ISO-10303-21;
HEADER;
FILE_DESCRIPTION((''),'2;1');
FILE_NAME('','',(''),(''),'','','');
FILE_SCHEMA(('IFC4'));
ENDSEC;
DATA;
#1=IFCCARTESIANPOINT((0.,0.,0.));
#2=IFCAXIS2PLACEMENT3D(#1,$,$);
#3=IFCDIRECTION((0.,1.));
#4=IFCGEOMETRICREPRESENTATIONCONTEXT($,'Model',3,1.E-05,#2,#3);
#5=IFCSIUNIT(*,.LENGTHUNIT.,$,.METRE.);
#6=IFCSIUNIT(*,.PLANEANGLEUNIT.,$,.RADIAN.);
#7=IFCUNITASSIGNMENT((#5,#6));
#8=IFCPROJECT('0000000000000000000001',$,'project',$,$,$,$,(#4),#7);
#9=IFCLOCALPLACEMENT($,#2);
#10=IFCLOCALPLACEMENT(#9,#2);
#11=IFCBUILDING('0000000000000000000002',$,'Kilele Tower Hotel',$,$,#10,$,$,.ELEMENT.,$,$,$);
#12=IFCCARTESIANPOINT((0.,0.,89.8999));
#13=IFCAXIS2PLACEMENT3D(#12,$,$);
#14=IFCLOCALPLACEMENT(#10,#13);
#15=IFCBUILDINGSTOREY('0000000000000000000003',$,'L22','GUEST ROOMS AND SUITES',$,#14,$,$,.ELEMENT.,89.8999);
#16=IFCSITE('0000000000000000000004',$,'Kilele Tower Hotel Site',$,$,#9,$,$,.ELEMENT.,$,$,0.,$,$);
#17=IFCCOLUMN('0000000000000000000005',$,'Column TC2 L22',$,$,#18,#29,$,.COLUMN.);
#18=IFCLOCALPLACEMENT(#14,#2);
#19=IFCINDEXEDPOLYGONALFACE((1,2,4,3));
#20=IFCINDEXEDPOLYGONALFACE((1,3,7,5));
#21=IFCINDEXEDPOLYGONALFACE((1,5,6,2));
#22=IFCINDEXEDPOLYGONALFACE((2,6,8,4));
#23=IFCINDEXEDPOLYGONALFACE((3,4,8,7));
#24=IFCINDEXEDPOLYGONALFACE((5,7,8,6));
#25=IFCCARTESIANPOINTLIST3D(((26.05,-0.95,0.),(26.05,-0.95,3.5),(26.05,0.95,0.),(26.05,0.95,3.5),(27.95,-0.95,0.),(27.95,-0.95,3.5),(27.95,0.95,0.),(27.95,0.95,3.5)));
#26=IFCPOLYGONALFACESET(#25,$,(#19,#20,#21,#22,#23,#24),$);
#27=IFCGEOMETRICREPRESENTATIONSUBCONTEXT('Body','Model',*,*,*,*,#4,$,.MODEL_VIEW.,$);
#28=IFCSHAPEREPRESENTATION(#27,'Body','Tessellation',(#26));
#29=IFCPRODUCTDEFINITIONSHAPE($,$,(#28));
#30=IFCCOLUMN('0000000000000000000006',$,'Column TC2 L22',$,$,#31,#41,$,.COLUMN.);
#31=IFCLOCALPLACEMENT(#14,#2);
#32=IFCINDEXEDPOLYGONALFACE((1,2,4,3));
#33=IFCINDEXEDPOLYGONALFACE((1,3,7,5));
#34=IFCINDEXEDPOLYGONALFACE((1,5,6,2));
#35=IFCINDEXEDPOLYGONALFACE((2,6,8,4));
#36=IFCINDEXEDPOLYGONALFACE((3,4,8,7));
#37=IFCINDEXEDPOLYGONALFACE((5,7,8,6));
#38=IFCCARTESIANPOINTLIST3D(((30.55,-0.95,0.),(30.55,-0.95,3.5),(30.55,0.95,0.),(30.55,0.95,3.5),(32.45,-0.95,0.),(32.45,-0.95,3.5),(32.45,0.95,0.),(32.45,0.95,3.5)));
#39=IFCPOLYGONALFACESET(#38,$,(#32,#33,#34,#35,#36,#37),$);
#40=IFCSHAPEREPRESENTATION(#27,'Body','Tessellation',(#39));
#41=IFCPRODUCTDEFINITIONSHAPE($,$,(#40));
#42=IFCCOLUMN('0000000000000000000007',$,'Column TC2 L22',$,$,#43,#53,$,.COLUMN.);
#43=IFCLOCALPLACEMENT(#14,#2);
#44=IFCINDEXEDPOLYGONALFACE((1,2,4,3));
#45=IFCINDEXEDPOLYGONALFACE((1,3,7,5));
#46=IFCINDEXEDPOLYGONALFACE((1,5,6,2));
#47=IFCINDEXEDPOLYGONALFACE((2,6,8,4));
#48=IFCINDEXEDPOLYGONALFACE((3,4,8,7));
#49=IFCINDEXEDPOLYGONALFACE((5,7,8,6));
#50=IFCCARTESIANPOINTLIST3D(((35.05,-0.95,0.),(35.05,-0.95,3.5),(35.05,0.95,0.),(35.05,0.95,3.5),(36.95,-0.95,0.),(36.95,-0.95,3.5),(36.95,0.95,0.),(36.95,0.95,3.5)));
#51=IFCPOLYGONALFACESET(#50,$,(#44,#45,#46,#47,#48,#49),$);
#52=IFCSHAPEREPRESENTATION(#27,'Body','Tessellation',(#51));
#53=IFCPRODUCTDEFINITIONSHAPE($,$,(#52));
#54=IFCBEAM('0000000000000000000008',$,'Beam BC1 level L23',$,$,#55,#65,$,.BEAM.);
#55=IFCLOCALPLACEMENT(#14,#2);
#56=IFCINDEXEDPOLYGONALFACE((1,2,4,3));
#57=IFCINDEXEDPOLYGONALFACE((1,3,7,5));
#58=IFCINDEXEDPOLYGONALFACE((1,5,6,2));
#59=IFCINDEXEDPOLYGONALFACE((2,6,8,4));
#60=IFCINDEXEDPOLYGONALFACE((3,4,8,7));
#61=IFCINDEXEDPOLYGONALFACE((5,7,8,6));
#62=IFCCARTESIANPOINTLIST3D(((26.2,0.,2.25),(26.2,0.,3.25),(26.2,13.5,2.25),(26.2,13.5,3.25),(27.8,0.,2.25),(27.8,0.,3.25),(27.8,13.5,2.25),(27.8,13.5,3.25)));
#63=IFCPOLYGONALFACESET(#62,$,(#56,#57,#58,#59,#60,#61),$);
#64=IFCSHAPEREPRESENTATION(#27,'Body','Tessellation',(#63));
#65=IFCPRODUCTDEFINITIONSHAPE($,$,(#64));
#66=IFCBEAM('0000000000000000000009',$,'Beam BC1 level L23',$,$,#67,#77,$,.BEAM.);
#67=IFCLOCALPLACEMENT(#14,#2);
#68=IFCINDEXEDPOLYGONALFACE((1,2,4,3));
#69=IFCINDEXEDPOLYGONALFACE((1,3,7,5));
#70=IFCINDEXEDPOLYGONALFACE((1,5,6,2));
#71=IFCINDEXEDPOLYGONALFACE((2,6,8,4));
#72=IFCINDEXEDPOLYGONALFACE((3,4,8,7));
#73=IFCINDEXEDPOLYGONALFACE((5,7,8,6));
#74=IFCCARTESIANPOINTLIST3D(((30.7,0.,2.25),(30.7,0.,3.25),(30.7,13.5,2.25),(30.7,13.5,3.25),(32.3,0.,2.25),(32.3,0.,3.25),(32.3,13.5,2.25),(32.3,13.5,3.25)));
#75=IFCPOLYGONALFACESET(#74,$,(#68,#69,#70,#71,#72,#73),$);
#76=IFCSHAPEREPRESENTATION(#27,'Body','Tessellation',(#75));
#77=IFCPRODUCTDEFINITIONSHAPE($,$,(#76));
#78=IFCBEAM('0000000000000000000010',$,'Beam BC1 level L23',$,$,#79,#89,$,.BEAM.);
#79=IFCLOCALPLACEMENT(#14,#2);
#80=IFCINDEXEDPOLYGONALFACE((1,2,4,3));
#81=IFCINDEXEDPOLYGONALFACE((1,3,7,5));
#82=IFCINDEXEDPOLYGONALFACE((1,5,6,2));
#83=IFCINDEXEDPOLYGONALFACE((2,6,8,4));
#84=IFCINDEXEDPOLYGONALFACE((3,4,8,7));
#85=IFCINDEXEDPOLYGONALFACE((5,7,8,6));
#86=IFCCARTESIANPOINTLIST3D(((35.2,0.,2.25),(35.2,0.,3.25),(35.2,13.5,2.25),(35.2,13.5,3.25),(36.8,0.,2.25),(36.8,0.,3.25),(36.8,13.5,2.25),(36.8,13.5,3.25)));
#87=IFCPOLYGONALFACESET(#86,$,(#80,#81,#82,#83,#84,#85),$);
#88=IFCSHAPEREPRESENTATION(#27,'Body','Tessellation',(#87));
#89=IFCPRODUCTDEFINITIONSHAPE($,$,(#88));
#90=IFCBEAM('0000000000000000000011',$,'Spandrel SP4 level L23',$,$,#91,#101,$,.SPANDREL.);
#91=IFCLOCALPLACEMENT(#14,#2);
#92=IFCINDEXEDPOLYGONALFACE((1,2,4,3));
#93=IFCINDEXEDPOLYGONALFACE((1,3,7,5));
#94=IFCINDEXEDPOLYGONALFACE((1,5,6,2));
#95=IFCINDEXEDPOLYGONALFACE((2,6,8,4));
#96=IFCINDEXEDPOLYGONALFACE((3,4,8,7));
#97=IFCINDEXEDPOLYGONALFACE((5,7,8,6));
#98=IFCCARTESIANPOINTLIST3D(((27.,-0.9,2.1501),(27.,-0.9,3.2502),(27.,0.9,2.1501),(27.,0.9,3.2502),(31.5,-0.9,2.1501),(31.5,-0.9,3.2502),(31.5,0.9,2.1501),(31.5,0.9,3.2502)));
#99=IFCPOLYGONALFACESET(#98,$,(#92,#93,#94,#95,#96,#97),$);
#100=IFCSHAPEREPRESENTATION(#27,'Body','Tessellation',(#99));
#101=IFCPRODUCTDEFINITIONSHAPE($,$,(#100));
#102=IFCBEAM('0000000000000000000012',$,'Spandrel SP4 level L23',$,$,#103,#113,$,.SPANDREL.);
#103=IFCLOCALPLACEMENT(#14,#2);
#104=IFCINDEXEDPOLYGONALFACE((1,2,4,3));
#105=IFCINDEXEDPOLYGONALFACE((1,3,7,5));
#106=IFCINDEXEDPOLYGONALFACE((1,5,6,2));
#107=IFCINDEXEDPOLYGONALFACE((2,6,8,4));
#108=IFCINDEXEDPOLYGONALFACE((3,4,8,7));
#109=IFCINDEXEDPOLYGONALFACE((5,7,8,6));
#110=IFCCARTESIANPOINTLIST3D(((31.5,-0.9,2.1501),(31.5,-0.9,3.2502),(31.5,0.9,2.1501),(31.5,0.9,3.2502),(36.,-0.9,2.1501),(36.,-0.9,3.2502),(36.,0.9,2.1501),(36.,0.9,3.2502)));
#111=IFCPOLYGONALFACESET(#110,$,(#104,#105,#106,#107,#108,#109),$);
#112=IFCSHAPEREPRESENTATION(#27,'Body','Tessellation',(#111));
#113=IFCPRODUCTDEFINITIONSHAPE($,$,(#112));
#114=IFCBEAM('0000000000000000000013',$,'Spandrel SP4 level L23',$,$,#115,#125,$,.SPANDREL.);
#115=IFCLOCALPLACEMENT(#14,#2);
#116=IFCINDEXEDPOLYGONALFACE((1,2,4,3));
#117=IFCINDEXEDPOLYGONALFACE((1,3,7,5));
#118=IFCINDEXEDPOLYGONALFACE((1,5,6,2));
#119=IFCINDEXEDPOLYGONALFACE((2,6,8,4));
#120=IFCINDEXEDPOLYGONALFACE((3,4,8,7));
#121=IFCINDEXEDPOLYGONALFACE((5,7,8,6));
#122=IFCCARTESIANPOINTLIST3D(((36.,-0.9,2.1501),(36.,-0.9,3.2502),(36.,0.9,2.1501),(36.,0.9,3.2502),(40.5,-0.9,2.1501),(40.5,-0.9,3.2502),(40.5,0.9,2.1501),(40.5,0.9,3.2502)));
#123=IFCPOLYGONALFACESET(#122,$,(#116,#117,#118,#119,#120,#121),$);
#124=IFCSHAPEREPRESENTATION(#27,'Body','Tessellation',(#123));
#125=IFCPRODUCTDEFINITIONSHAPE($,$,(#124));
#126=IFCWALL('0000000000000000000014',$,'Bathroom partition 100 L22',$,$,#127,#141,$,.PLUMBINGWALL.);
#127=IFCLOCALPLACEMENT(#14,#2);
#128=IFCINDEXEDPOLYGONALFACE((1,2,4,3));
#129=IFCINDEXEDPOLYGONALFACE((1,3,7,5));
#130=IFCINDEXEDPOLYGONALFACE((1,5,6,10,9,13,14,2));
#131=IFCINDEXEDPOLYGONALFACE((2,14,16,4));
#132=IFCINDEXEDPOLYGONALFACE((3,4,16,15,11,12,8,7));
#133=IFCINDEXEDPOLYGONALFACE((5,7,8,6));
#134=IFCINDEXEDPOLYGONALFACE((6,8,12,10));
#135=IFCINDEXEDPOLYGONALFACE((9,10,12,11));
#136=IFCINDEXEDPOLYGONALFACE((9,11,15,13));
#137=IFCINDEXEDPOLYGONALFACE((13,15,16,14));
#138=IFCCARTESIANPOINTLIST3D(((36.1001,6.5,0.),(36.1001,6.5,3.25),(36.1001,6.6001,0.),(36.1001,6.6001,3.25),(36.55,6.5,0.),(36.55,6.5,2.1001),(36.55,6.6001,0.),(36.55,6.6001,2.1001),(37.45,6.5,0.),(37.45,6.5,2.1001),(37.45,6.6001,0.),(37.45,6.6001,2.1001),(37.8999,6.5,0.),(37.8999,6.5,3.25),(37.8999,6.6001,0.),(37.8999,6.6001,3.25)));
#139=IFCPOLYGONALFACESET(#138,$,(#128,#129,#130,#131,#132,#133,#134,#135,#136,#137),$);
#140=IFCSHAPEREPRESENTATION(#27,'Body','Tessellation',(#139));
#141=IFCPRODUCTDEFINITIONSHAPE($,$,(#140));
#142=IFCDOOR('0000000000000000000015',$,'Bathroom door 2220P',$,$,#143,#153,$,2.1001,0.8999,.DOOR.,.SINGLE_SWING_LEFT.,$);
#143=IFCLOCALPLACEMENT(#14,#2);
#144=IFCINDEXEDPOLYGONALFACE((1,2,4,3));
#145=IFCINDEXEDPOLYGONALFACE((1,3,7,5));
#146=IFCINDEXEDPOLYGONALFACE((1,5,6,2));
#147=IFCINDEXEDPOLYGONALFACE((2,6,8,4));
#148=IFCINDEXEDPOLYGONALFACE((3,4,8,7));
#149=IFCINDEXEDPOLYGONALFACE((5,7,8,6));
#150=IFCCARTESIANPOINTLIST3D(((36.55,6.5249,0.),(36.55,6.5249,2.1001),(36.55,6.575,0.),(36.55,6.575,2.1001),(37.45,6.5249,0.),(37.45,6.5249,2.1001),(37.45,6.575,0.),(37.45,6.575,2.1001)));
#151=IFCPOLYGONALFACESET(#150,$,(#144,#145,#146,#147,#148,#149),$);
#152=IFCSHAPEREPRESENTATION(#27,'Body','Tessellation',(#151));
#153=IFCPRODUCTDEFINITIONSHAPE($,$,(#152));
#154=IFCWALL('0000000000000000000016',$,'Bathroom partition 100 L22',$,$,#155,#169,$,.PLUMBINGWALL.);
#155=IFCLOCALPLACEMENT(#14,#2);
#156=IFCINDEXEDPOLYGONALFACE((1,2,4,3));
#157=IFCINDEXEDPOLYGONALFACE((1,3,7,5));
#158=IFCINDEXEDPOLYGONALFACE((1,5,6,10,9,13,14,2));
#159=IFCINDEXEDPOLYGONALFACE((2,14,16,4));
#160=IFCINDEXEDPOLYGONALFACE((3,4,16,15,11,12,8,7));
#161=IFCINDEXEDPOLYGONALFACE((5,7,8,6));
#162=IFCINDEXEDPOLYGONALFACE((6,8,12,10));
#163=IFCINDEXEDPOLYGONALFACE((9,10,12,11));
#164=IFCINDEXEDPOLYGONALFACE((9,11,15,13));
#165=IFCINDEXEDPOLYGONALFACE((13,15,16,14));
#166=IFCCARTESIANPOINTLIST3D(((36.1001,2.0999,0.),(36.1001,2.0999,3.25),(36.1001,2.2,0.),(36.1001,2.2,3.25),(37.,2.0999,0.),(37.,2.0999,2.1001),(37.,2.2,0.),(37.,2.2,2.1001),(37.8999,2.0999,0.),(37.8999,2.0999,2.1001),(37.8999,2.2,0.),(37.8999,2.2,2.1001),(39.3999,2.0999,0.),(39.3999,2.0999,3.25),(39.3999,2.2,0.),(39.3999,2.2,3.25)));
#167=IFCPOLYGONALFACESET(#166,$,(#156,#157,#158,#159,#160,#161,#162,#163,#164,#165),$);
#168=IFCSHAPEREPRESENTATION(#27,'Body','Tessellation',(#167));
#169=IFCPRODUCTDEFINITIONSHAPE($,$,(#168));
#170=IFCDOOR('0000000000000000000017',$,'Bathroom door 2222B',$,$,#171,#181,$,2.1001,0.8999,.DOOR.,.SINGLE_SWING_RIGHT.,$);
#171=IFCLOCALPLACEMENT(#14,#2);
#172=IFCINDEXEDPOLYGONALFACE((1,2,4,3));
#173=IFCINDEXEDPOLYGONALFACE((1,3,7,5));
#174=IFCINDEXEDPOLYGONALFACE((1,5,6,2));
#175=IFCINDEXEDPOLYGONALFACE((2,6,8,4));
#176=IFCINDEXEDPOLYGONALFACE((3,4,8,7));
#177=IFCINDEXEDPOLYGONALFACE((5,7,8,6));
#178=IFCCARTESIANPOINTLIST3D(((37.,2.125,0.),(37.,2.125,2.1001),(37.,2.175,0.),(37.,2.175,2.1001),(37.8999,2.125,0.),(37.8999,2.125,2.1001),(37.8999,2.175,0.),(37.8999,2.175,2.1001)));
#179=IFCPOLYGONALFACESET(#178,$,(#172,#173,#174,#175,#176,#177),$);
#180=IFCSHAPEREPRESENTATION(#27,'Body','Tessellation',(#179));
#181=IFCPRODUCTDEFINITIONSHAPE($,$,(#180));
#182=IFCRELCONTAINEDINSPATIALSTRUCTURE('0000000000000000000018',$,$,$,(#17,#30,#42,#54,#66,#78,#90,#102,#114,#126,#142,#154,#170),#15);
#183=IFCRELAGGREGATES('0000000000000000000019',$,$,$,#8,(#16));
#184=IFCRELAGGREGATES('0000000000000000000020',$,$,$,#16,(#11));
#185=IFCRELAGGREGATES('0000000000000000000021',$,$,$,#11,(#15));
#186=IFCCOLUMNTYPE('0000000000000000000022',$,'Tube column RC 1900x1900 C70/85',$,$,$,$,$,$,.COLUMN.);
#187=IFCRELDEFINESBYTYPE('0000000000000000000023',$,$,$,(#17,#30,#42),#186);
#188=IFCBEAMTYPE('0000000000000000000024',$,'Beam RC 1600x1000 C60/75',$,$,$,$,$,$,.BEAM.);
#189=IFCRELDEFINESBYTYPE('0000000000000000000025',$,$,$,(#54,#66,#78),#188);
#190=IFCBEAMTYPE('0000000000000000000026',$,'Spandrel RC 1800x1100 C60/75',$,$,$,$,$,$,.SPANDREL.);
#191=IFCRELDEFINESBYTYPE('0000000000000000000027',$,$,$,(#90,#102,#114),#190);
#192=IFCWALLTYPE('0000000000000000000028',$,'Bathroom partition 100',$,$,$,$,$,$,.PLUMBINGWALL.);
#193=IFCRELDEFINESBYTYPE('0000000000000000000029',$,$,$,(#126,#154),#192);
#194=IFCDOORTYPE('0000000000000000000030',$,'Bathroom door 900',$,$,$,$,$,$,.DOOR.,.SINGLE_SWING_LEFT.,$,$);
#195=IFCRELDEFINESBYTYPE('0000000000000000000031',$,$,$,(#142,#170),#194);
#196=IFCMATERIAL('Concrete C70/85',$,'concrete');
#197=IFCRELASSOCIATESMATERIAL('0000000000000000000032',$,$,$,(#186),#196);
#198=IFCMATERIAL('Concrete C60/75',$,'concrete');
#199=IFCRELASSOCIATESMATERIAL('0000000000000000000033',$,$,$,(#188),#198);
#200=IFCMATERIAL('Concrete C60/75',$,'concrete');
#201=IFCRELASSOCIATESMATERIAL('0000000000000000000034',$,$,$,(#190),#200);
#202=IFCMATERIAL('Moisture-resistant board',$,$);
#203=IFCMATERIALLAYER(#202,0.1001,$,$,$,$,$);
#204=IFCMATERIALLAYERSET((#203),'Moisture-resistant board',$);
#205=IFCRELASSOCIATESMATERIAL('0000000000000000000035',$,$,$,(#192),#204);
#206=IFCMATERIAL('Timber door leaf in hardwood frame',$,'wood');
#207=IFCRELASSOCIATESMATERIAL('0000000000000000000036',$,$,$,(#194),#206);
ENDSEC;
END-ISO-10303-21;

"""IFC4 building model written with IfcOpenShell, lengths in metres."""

from ifc_helpers import new_model, si_unit, direction, frame, frame_2d, origin, origin_2d, place, context, subcontext, project, spatial, rectangle, extrude, material, layer, layer_set, material_profile, profile_set, type_object, element, fill, save


model = new_model("IFC4")

# Units and contexts
model_context = context("Model", 3, precision=1e-05, world=origin(), true_north=direction((0.0, 1.0)))
body_context = subcontext(model_context, "Body", "Model", "MODEL_VIEW")
ifc_project = project(units=[si_unit("LENGTHUNIT", "METRE"), si_unit("PLANEANGLEUNIT", "RADIAN")], contexts=[model_context])

# Site, building, storey
site_placement = place(None, origin())
site = spatial("IfcSite", under=ifc_project, at=site_placement, Name="Kilele Tower Hotel Site", CompositionType="ELEMENT", RefElevation=0.0)
building_placement = place(site_placement, origin())
building = spatial("IfcBuilding", under=site, at=building_placement, Name="Kilele Tower Hotel", CompositionType="ELEMENT")
storey_placement = place(building_placement, frame((0.0, 0.0, 89.8999)))
storey = spatial("IfcBuildingStorey", under=building, at=storey_placement, Name="L22", Description="GUEST ROOMS AND SUITES", CompositionType="ELEMENT", Elevation=89.8999)

# Columns
ifc_material_1 = material(Name="Concrete C70/85", Category="concrete")
ifc_material_profile_1 = material_profile(ifc_material_1, rectangle(XDim=1.8999, YDim=1.8999, at=origin_2d()))
ifc_profile_set_1 = profile_set([ifc_material_profile_1], Name="Concrete C70/85")
column_type = type_object("IfcColumnType", Name="Tube column RC 1900x1900 C70/85", PredefinedType="COLUMN", material=ifc_profile_set_1)
for number, where, z_axis, x_axis, name in (
    (1, (27.0, 0.0, 0.0), (0.0, 0.0, 1.0), (1.0, 0.0, 0.0), "Column TC2 L22"),
    (2, (31.5, 0.0, 0.0), (0.0, 0.0, 1.0), (1.0, 0.0, 0.0), "Column TC2 L22"),
    (3, (36.0, 0.0, 0.0), (0.0, 0.0, 1.0), (1.0, 0.0, 0.0), "Column TC2 L22"),
):
    element("IfcColumn", number, at=place(storey_placement, frame(where, z_axis=z_axis, x_axis=x_axis)), inside=storey, type_object=column_type, Name=name, PredefinedType="COLUMN", context=body_context, shape_type="SweptSolid", body=[
        extrude(rectangle(XDim=1.8999, YDim=1.8999, at=origin_2d()), origin(), (0.0, 0.0, 1.0), 3.5),
    ])

# Beams
ifc_material_2 = material(Name="Concrete C60/75", Category="concrete")
ifc_material_profile_2 = material_profile(ifc_material_2, rectangle(XDim=1.6001, YDim=1.0, at=origin_2d()))
ifc_profile_set_2 = profile_set([ifc_material_profile_2], Name="Concrete C60/75")
beam_type_1 = type_object("IfcBeamType", Name="Beam RC 1600x1000 C60/75", PredefinedType="BEAM", material=ifc_profile_set_2)
for number, where, z_axis, x_axis, name in (
    (4, (27.0, 0.0, 2.75), (0.0, 1.0, 0.0), (-1.0, 0.0, 0.0), "Beam BC1 level L23"),
    (5, (31.5, 0.0, 2.75), (0.0, 1.0, 0.0), (-1.0, 0.0, 0.0), "Beam BC1 level L23"),
    (6, (36.0, 0.0, 2.75), (0.0, 1.0, 0.0), (-1.0, 0.0, 0.0), "Beam BC1 level L23"),
):
    element("IfcBeam", number, at=place(storey_placement, frame(where, z_axis=z_axis, x_axis=x_axis)), inside=storey, type_object=beam_type_1, Name=name, PredefinedType="BEAM", context=body_context, shape_type="SweptSolid", body=[
        extrude(rectangle(XDim=1.6001, YDim=1.0, at=origin_2d()), origin(), (0.0, 0.0, 1.0), 13.5),
    ])
ifc_material_3 = material(Name="Concrete C60/75", Category="concrete")
ifc_material_profile_3 = material_profile(ifc_material_3, rectangle(XDim=1.8, YDim=1.1001, at=origin_2d()))
ifc_profile_set_3 = profile_set([ifc_material_profile_3], Name="Concrete C60/75")
beam_type_2 = type_object("IfcBeamType", Name="Spandrel RC 1800x1100 C60/75", PredefinedType="SPANDREL", material=ifc_profile_set_3)
for number, where, z_axis, x_axis, name in (
    (7, (27.0, 0.0, 2.7002), (1.0, 0.0, 0.0), (0.0, 1.0, 0.0), "Spandrel SP4 level L23"),
    (8, (31.5, 0.0, 2.7002), (1.0, 0.0, 0.0), (0.0, 1.0, 0.0), "Spandrel SP4 level L23"),
    (9, (36.0, 0.0, 2.7002), (1.0, 0.0, 0.0), (0.0, 1.0, 0.0), "Spandrel SP4 level L23"),
):
    element("IfcBeam", number, at=place(storey_placement, frame(where, z_axis=z_axis, x_axis=x_axis)), inside=storey, type_object=beam_type_2, Name=name, PredefinedType="SPANDREL", context=body_context, shape_type="SweptSolid", body=[
        extrude(rectangle(XDim=1.8, YDim=1.1001, at=origin_2d()), origin(), (0.0, 0.0, 1.0), 4.5),
    ])

# Walls, openings, doors
ifc_material_4 = material(Name="Moisture-resistant board")
ifc_layer_1 = layer(ifc_material_4, 0.1001)
ifc_layer_set_1 = layer_set([ifc_layer_1], Name="Moisture-resistant board")
wall_type_1 = type_object("IfcWallType", Name="Bathroom partition 100", PredefinedType="PLUMBINGWALL", material=ifc_layer_set_1)
wall_1_placement = place(storey_placement, frame((36.1001, 6.55, 0.0), z_axis=(0.0, 0.0, 1.0), x_axis=(1.0, 0.0, 0.0)))
wall_1 = element("IfcWall", 10, at=wall_1_placement, inside=storey, type_object=wall_type_1, Name="Bathroom partition 100 L22", PredefinedType="PLUMBINGWALL", context=body_context, shape_type="SweptSolid", body=[
    extrude(rectangle(XDim=1.7998, YDim=0.1001, at=frame_2d((0.8999, 0.0))), origin(), (0.0, 0.0, 1.0), 3.25),
])
opening_1_placement = place(wall_1_placement, frame((0.45, 0.0, 0.0)))
opening_1 = element("IfcOpeningElement", 11, at=opening_1_placement, cuts=wall_1, PredefinedType="OPENING", context=body_context, shape_type="SweptSolid", body=[
    extrude(rectangle(XDim=0.8999, YDim=2.1001, at=frame_2d((0.45, 1.05))), frame((0.0, 0.0601, 0.0), z_axis=(0.0, -1.0, 0.0), x_axis=(1.0, 0.0, 0.0)), (0.0, 0.0, 1.0), 0.1201),
])
ifc_material_5 = material(Name="Timber door leaf in hardwood frame", Category="wood")
door_type_1 = type_object("IfcDoorType", Name="Bathroom door 900", OperationType="SINGLE_SWING_LEFT", PredefinedType="DOOR", material=ifc_material_5)
door_1_placement = place(opening_1_placement, origin())
door_1 = element("IfcDoor", 12, at=door_1_placement, inside=storey, type_object=door_type_1, Name="Bathroom door 2220P", OperationType="SINGLE_SWING_LEFT", OverallHeight=2.1001, OverallWidth=0.8999, PredefinedType="DOOR", context=body_context, shape_type="SweptSolid", body=[
    extrude(rectangle(XDim=0.8999, YDim=2.1001, at=frame_2d((0.45, 1.05))), frame((0.0, 0.0249, 0.0), z_axis=(0.0, -1.0, 0.0), x_axis=(1.0, 0.0, 0.0)), (0.0, 0.0, 1.0), 0.05),
])
fill(opening_1, door_1)
wall_2_placement = place(storey_placement, frame((36.1001, 2.1499, 0.0), z_axis=(0.0, 0.0, 1.0), x_axis=(1.0, 0.0, 0.0)))
wall_2 = element("IfcWall", 13, at=wall_2_placement, inside=storey, type_object=wall_type_1, Name="Bathroom partition 100 L22", PredefinedType="PLUMBINGWALL", context=body_context, shape_type="SweptSolid", body=[
    extrude(rectangle(XDim=3.2998, YDim=0.1001, at=frame_2d((1.6499, 0.0))), origin(), (0.0, 0.0, 1.0), 3.25),
])
opening_2_placement = place(wall_2_placement, frame((1.7998, 0.0, 0.0), z_axis=(0.0, 0.0, 1.0), x_axis=(-1.0, 0.0, 0.0)))
opening_2 = element("IfcOpeningElement", 14, at=opening_2_placement, cuts=wall_2, PredefinedType="OPENING", context=body_context, shape_type="SweptSolid", body=[
    extrude(rectangle(XDim=0.8999, YDim=2.1001, at=frame_2d((0.45, 1.05))), frame((0.0, 0.0601, 0.0), z_axis=(0.0, -1.0, 0.0), x_axis=(1.0, 0.0, 0.0)), (0.0, 0.0, 1.0), 0.1201),
])
door_2_placement = place(opening_2_placement, origin())
door_2 = element("IfcDoor", 15, at=door_2_placement, inside=storey, type_object=door_type_1, Name="Bathroom door 2222B", OperationType="SINGLE_SWING_RIGHT", OverallHeight=2.1001, OverallWidth=0.8999, PredefinedType="DOOR", context=body_context, shape_type="SweptSolid", body=[
    extrude(rectangle(XDim=0.8999, YDim=2.1001, at=frame_2d((0.45, 1.05))), frame((0.0, 0.0249, 0.0), z_axis=(0.0, -1.0, 0.0), x_axis=(1.0, 0.0, 0.0)), (0.0, 0.0, 1.0), 0.05),
])
fill(opening_2, door_2)

save(model, "model.ifc")
